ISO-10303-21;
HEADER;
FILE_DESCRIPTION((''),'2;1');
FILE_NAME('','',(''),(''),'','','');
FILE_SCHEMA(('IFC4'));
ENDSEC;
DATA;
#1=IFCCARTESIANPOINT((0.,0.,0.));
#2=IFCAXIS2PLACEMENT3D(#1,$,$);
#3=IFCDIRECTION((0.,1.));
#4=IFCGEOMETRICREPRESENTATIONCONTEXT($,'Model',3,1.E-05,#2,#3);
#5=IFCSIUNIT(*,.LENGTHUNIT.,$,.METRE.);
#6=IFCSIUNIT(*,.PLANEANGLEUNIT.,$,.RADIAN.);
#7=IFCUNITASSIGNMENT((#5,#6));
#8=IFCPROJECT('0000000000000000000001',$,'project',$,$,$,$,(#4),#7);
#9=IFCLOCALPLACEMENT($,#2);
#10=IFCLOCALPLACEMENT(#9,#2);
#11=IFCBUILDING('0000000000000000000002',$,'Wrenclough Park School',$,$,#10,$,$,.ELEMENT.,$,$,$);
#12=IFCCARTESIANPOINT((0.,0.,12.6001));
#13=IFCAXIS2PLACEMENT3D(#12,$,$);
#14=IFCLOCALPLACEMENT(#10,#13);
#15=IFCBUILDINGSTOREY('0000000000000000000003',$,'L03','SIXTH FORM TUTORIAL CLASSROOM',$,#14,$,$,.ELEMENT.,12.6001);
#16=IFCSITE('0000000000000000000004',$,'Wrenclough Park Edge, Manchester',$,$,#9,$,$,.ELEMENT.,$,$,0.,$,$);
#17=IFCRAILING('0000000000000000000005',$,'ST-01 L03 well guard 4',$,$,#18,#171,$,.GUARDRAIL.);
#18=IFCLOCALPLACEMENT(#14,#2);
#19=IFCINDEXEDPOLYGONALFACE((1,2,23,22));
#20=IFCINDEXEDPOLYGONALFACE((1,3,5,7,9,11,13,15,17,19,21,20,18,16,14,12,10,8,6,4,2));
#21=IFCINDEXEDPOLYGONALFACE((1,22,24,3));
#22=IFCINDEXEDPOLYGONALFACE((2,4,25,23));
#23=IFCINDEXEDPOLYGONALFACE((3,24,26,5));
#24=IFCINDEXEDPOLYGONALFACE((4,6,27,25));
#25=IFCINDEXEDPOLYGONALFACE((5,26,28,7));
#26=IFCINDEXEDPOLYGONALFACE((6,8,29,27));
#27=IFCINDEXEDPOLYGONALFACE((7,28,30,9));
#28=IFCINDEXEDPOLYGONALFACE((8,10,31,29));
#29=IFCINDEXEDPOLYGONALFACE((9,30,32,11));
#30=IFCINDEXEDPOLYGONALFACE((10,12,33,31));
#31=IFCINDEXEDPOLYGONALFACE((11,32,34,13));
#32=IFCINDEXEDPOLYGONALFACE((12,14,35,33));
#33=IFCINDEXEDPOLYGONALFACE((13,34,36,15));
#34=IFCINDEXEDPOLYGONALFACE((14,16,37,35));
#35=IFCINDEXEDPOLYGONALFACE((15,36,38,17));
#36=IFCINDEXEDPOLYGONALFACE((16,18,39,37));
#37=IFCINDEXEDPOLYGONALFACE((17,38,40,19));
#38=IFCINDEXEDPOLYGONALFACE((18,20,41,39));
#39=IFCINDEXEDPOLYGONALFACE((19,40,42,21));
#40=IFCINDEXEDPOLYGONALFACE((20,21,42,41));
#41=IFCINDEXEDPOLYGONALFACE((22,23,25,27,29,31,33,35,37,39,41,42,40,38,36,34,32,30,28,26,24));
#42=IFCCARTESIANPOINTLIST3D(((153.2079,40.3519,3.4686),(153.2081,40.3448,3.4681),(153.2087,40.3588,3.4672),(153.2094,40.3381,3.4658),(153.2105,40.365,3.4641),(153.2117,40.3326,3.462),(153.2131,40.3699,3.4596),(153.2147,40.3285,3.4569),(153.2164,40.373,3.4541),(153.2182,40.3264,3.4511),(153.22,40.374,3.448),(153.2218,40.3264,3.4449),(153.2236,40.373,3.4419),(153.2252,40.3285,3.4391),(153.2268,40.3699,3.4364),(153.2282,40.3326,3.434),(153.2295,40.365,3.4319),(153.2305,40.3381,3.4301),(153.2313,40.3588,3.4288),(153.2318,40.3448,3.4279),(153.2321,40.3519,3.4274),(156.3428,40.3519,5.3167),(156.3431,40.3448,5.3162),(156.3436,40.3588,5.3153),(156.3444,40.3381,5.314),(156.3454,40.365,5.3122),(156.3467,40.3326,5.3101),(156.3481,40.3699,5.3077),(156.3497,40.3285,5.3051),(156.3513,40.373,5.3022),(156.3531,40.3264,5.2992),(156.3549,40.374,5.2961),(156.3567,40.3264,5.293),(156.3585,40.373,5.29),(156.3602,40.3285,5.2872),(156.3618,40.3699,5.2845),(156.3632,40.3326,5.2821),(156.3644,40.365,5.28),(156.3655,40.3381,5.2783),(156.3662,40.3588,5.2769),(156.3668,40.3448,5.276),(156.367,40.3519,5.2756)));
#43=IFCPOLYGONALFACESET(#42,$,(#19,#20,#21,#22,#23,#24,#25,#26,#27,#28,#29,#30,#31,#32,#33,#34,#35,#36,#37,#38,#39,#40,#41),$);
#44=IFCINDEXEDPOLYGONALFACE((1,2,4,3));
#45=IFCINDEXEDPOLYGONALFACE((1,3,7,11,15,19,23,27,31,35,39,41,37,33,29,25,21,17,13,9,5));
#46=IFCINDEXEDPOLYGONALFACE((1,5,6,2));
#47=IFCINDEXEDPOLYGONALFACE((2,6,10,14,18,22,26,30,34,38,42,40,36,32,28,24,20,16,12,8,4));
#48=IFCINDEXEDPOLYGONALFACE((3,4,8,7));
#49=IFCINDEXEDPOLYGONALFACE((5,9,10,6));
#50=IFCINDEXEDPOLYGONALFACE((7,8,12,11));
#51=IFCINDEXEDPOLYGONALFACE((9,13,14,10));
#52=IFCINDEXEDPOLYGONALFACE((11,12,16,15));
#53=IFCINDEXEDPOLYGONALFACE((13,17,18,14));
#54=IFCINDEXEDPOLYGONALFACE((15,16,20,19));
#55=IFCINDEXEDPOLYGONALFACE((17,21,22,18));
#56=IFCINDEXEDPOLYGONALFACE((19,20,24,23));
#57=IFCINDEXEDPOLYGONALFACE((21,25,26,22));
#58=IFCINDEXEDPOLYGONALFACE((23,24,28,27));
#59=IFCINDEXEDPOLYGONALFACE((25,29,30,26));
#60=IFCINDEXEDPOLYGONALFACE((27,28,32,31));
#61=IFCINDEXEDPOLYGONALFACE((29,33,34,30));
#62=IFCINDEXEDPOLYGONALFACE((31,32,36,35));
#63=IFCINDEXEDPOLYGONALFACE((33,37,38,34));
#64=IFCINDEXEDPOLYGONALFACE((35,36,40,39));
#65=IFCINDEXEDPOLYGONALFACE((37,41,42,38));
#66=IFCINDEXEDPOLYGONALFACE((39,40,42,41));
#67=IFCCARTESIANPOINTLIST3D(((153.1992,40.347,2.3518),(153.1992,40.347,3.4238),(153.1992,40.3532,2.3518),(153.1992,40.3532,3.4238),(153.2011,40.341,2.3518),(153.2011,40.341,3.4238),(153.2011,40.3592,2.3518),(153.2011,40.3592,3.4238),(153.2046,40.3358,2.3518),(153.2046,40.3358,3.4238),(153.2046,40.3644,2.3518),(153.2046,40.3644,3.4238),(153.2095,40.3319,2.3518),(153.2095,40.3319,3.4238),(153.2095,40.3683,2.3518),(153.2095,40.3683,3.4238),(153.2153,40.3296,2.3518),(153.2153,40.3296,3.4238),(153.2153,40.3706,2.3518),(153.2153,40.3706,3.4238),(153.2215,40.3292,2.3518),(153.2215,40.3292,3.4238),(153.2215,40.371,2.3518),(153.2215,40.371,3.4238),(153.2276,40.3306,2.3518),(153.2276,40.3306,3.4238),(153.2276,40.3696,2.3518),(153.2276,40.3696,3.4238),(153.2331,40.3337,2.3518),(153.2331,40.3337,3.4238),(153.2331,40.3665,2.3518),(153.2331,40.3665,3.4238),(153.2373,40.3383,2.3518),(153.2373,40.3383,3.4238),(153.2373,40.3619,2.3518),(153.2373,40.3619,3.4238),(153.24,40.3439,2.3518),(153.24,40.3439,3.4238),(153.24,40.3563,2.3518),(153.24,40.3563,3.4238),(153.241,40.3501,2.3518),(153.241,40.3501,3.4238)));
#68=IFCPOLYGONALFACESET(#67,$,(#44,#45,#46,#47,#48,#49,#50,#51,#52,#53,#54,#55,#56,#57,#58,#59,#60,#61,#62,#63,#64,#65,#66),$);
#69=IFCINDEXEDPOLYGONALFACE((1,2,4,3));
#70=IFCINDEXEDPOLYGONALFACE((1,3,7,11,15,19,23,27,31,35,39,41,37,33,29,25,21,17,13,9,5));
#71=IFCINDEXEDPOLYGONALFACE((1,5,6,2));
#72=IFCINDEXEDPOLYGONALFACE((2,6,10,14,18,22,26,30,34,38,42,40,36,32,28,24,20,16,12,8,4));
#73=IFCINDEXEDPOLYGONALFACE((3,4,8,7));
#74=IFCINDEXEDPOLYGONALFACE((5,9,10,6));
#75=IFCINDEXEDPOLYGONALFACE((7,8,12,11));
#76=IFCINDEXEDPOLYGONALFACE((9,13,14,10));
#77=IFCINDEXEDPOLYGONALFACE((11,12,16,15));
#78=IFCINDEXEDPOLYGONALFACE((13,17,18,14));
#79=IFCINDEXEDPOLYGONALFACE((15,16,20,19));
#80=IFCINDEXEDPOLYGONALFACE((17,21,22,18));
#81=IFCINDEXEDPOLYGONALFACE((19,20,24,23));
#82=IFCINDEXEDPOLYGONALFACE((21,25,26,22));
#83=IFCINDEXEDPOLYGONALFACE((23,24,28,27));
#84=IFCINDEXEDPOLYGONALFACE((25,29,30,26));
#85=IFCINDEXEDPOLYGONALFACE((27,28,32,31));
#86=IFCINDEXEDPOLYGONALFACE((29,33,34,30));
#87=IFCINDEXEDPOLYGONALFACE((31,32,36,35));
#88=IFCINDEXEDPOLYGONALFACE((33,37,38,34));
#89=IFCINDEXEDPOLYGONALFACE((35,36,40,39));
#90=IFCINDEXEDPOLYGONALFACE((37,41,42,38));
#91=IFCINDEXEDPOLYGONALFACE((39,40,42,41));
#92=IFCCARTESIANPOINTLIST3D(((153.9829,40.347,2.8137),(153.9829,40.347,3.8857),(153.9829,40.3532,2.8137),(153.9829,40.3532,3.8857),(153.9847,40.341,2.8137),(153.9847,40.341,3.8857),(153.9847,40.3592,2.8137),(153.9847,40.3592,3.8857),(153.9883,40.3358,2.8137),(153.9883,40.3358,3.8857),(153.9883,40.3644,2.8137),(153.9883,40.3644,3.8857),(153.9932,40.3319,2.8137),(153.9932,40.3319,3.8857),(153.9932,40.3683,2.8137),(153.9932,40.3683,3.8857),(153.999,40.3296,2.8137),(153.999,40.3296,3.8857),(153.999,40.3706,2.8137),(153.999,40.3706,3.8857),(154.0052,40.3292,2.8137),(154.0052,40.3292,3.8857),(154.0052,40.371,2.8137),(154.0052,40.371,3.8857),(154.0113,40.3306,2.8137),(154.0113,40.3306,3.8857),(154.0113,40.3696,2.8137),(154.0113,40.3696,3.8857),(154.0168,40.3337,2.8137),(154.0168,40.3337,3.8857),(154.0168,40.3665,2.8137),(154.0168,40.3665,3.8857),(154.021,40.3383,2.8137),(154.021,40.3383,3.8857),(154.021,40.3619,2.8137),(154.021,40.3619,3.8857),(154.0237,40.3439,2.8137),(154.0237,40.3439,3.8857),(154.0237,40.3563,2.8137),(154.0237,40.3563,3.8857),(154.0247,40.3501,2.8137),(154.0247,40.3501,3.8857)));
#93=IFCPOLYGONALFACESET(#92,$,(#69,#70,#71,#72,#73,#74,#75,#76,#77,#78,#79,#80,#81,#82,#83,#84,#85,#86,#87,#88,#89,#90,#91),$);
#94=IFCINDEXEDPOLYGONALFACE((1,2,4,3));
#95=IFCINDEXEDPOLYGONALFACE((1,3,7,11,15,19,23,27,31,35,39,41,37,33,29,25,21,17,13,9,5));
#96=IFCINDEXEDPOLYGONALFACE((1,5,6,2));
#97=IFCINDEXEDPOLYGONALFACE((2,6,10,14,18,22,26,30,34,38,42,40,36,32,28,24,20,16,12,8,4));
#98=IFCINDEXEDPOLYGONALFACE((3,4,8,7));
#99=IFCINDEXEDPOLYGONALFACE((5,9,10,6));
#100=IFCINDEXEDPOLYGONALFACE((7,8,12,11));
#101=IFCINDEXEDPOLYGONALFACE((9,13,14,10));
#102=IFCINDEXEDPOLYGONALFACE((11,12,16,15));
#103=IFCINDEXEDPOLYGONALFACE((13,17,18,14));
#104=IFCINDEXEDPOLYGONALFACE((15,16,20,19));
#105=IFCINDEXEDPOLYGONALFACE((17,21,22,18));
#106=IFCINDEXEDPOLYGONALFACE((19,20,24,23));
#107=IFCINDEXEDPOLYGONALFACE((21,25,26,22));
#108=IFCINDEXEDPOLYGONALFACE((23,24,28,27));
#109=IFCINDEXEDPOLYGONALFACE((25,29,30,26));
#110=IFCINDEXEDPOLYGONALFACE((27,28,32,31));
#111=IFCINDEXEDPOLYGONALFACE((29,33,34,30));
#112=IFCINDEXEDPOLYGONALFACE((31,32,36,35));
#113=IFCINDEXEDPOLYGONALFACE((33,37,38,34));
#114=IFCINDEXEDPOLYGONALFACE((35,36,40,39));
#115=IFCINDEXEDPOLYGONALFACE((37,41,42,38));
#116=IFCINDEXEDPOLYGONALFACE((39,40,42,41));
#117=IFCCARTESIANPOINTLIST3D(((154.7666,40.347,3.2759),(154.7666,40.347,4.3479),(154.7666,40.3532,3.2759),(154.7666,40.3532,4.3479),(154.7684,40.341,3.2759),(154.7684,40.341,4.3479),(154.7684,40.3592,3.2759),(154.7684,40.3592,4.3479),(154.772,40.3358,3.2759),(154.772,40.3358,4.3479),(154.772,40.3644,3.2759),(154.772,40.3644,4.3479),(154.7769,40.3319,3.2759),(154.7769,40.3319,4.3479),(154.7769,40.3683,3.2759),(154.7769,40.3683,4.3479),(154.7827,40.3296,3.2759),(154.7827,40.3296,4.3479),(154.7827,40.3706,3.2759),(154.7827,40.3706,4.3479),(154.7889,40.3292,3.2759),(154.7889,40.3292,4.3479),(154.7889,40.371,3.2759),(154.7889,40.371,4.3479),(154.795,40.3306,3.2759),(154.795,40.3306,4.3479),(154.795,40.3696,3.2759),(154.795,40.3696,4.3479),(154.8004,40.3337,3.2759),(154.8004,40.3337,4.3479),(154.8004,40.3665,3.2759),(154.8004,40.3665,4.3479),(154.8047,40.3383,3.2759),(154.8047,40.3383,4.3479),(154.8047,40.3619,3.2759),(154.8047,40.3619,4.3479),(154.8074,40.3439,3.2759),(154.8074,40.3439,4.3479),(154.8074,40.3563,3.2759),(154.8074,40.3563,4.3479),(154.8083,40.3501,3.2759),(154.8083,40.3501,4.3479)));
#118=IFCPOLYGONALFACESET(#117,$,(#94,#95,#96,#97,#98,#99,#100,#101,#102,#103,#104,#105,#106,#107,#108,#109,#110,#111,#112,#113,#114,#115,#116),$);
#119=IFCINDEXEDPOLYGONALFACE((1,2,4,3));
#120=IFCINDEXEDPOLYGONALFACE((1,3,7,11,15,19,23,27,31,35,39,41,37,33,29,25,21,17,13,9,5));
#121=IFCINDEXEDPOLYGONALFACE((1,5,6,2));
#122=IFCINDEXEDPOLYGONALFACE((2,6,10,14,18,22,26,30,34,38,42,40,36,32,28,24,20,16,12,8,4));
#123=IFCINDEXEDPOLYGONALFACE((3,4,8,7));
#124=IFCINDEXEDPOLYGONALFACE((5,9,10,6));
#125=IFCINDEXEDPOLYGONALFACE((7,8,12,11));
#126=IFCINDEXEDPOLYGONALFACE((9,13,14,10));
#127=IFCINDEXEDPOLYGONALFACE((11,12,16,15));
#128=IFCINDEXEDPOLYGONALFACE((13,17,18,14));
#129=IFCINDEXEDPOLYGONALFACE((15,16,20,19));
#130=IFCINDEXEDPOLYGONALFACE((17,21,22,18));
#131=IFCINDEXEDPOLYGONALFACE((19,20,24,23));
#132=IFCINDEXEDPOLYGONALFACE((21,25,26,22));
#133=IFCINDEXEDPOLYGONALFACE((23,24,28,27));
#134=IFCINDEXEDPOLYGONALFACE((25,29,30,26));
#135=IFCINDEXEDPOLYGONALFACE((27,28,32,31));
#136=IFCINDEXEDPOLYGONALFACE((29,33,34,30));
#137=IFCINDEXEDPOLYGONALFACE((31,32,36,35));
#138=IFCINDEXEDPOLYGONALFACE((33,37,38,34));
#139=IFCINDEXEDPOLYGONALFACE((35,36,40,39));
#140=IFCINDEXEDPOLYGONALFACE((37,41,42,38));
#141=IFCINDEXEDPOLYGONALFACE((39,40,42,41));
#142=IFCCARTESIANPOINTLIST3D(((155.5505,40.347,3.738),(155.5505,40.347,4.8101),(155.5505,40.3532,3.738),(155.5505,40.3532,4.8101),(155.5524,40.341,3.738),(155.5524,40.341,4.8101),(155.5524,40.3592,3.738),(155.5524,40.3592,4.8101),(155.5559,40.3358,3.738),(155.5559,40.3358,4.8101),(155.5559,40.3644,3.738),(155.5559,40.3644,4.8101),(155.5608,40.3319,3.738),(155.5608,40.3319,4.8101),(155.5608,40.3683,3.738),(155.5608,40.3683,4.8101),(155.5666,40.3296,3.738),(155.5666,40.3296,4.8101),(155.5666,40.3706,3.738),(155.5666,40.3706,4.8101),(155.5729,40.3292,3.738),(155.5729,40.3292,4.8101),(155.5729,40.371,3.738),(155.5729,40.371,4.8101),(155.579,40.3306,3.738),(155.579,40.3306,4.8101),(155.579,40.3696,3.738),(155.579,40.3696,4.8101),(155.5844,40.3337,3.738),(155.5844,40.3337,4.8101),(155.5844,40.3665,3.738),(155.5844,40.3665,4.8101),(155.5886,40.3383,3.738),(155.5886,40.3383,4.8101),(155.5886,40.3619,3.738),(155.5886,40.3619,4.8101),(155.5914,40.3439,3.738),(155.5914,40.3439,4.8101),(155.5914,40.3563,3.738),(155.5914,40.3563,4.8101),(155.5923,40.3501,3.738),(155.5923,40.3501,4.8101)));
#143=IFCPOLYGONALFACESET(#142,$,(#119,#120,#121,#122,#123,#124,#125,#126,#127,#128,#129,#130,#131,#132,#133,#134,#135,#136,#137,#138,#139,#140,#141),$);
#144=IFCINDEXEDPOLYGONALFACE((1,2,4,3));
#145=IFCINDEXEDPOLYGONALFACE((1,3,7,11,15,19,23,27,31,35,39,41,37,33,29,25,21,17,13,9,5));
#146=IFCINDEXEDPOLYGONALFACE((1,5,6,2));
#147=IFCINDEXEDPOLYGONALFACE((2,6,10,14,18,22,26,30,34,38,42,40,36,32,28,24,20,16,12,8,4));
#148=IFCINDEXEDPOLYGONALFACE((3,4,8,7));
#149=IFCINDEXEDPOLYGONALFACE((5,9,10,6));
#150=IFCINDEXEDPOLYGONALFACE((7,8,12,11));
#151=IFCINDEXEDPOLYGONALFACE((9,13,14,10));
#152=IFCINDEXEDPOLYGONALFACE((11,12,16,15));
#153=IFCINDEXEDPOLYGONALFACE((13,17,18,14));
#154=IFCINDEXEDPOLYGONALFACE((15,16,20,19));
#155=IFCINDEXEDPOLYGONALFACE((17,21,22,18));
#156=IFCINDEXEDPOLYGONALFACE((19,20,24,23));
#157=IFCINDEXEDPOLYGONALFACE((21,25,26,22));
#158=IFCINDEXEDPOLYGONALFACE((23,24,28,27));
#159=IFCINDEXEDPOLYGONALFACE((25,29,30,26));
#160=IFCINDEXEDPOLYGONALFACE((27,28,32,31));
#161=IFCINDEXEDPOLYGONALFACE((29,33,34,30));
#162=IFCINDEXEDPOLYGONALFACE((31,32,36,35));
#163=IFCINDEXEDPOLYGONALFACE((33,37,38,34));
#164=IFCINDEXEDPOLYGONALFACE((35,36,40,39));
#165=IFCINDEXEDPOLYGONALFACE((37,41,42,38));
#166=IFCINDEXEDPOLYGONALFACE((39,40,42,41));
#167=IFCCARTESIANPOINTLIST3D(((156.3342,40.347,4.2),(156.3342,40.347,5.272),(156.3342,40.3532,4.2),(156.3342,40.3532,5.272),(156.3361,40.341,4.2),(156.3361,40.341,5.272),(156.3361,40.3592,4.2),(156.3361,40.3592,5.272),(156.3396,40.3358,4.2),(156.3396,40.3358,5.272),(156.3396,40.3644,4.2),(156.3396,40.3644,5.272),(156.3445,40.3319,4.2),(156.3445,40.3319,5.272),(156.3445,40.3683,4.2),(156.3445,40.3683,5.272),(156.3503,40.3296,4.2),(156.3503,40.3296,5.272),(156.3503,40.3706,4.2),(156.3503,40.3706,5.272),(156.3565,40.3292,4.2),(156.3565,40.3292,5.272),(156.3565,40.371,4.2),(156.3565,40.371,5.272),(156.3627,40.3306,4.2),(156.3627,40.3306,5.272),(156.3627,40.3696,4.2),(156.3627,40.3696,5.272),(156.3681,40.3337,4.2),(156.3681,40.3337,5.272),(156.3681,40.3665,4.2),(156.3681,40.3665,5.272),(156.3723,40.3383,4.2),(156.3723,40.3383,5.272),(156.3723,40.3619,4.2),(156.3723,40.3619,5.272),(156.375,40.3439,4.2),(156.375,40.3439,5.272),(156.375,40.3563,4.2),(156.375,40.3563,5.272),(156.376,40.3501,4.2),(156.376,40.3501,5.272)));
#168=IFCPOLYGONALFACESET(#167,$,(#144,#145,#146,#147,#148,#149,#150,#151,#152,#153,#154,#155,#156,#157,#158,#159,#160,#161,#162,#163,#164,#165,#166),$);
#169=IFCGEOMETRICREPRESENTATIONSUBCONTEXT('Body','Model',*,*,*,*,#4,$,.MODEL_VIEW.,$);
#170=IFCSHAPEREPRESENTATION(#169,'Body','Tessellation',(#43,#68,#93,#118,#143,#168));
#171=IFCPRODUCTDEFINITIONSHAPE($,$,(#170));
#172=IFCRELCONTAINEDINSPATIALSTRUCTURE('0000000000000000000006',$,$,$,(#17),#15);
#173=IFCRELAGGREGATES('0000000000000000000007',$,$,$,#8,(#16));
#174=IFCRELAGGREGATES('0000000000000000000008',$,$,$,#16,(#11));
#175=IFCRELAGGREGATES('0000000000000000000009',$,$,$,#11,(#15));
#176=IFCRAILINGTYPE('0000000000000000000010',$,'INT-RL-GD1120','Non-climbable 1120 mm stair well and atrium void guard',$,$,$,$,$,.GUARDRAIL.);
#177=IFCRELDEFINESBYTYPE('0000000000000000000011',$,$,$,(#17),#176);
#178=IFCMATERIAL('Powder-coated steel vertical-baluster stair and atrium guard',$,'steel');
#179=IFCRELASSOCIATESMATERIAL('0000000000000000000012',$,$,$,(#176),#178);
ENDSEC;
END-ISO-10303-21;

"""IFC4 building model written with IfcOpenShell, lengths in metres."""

from ifc_helpers import new_model, si_unit, direction, frame, origin, origin_2d, place, context, subcontext, project, spatial, circle, extrude, material, type_object, element, save


model = new_model("IFC4")

# Units and contexts
model_context = context("Model", 3, precision=1e-05, world=origin(), true_north=direction((0.0, 1.0)))
body_context = subcontext(model_context, "Body", "Model", "MODEL_VIEW")
ifc_project = project(units=[si_unit("LENGTHUNIT", "METRE"), si_unit("PLANEANGLEUNIT", "RADIAN")], contexts=[model_context])

# Site, building, storey
site_placement = place(None, origin())
site = spatial("IfcSite", under=ifc_project, at=site_placement, Name="Wrenclough Park Edge, Manchester", CompositionType="ELEMENT", RefElevation=0.0)
building_placement = place(site_placement, origin())
building = spatial("IfcBuilding", under=site, at=building_placement, Name="Wrenclough Park School", CompositionType="ELEMENT")
storey_placement = place(building_placement, frame((0.0, 0.0, 12.6001)))
storey = spatial("IfcBuildingStorey", under=building, at=storey_placement, Name="L03", Description="SIXTH FORM TUTORIAL CLASSROOM", CompositionType="ELEMENT", Elevation=12.6001)

# Railing
ifc_material_1 = material(Name="Powder-coated steel vertical-baluster stair and atrium guard", Category="steel")
railing_type_1 = type_object("IfcRailingType", Name="INT-RL-GD1120", Description="Non-climbable 1120 mm stair well and atrium void guard", PredefinedType="GUARDRAIL", material=ifc_material_1)
railing_1_placement = place(storey_placement, frame((153.22, 40.3501, 2.3518)))
element("IfcRailing", 1, at=railing_1_placement, inside=storey, type_object=railing_type_1, Name="ST-01 L03 well guard 4", PredefinedType="GUARDRAIL", context=body_context, shape_type="SweptSolid", body=[
    extrude(circle(Radius=0.0239, at=origin_2d()), frame((0.0, 0.0, 1.0962), z_axis=(0.861451, 0.0, 0.507841), x_axis=(0.0, 1.0, 0.0)), (0.0, 0.0, 1.0), 3.6392),
    extrude(circle(Radius=0.021, at=origin_2d()), origin(), (0.0, 0.0, 1.0), 1.072),
    extrude(circle(Radius=0.021, at=origin_2d()), frame((0.7837, 0.0, 0.4619)), (0.0, 0.0, 1.0), 1.072),
    extrude(circle(Radius=0.021, at=origin_2d()), frame((1.5674, 0.0, 0.9241)), (0.0, 0.0, 1.0), 1.072),
    extrude(circle(Radius=0.021, at=origin_2d()), frame((2.3513, 0.0, 1.3862)), (0.0, 0.0, 1.0), 1.072),
    extrude(circle(Radius=0.021, at=origin_2d()), frame((3.135, 0.0, 1.8481)), (0.0, 0.0, 1.0), 1.072),
])

save(model, "model.ifc")
